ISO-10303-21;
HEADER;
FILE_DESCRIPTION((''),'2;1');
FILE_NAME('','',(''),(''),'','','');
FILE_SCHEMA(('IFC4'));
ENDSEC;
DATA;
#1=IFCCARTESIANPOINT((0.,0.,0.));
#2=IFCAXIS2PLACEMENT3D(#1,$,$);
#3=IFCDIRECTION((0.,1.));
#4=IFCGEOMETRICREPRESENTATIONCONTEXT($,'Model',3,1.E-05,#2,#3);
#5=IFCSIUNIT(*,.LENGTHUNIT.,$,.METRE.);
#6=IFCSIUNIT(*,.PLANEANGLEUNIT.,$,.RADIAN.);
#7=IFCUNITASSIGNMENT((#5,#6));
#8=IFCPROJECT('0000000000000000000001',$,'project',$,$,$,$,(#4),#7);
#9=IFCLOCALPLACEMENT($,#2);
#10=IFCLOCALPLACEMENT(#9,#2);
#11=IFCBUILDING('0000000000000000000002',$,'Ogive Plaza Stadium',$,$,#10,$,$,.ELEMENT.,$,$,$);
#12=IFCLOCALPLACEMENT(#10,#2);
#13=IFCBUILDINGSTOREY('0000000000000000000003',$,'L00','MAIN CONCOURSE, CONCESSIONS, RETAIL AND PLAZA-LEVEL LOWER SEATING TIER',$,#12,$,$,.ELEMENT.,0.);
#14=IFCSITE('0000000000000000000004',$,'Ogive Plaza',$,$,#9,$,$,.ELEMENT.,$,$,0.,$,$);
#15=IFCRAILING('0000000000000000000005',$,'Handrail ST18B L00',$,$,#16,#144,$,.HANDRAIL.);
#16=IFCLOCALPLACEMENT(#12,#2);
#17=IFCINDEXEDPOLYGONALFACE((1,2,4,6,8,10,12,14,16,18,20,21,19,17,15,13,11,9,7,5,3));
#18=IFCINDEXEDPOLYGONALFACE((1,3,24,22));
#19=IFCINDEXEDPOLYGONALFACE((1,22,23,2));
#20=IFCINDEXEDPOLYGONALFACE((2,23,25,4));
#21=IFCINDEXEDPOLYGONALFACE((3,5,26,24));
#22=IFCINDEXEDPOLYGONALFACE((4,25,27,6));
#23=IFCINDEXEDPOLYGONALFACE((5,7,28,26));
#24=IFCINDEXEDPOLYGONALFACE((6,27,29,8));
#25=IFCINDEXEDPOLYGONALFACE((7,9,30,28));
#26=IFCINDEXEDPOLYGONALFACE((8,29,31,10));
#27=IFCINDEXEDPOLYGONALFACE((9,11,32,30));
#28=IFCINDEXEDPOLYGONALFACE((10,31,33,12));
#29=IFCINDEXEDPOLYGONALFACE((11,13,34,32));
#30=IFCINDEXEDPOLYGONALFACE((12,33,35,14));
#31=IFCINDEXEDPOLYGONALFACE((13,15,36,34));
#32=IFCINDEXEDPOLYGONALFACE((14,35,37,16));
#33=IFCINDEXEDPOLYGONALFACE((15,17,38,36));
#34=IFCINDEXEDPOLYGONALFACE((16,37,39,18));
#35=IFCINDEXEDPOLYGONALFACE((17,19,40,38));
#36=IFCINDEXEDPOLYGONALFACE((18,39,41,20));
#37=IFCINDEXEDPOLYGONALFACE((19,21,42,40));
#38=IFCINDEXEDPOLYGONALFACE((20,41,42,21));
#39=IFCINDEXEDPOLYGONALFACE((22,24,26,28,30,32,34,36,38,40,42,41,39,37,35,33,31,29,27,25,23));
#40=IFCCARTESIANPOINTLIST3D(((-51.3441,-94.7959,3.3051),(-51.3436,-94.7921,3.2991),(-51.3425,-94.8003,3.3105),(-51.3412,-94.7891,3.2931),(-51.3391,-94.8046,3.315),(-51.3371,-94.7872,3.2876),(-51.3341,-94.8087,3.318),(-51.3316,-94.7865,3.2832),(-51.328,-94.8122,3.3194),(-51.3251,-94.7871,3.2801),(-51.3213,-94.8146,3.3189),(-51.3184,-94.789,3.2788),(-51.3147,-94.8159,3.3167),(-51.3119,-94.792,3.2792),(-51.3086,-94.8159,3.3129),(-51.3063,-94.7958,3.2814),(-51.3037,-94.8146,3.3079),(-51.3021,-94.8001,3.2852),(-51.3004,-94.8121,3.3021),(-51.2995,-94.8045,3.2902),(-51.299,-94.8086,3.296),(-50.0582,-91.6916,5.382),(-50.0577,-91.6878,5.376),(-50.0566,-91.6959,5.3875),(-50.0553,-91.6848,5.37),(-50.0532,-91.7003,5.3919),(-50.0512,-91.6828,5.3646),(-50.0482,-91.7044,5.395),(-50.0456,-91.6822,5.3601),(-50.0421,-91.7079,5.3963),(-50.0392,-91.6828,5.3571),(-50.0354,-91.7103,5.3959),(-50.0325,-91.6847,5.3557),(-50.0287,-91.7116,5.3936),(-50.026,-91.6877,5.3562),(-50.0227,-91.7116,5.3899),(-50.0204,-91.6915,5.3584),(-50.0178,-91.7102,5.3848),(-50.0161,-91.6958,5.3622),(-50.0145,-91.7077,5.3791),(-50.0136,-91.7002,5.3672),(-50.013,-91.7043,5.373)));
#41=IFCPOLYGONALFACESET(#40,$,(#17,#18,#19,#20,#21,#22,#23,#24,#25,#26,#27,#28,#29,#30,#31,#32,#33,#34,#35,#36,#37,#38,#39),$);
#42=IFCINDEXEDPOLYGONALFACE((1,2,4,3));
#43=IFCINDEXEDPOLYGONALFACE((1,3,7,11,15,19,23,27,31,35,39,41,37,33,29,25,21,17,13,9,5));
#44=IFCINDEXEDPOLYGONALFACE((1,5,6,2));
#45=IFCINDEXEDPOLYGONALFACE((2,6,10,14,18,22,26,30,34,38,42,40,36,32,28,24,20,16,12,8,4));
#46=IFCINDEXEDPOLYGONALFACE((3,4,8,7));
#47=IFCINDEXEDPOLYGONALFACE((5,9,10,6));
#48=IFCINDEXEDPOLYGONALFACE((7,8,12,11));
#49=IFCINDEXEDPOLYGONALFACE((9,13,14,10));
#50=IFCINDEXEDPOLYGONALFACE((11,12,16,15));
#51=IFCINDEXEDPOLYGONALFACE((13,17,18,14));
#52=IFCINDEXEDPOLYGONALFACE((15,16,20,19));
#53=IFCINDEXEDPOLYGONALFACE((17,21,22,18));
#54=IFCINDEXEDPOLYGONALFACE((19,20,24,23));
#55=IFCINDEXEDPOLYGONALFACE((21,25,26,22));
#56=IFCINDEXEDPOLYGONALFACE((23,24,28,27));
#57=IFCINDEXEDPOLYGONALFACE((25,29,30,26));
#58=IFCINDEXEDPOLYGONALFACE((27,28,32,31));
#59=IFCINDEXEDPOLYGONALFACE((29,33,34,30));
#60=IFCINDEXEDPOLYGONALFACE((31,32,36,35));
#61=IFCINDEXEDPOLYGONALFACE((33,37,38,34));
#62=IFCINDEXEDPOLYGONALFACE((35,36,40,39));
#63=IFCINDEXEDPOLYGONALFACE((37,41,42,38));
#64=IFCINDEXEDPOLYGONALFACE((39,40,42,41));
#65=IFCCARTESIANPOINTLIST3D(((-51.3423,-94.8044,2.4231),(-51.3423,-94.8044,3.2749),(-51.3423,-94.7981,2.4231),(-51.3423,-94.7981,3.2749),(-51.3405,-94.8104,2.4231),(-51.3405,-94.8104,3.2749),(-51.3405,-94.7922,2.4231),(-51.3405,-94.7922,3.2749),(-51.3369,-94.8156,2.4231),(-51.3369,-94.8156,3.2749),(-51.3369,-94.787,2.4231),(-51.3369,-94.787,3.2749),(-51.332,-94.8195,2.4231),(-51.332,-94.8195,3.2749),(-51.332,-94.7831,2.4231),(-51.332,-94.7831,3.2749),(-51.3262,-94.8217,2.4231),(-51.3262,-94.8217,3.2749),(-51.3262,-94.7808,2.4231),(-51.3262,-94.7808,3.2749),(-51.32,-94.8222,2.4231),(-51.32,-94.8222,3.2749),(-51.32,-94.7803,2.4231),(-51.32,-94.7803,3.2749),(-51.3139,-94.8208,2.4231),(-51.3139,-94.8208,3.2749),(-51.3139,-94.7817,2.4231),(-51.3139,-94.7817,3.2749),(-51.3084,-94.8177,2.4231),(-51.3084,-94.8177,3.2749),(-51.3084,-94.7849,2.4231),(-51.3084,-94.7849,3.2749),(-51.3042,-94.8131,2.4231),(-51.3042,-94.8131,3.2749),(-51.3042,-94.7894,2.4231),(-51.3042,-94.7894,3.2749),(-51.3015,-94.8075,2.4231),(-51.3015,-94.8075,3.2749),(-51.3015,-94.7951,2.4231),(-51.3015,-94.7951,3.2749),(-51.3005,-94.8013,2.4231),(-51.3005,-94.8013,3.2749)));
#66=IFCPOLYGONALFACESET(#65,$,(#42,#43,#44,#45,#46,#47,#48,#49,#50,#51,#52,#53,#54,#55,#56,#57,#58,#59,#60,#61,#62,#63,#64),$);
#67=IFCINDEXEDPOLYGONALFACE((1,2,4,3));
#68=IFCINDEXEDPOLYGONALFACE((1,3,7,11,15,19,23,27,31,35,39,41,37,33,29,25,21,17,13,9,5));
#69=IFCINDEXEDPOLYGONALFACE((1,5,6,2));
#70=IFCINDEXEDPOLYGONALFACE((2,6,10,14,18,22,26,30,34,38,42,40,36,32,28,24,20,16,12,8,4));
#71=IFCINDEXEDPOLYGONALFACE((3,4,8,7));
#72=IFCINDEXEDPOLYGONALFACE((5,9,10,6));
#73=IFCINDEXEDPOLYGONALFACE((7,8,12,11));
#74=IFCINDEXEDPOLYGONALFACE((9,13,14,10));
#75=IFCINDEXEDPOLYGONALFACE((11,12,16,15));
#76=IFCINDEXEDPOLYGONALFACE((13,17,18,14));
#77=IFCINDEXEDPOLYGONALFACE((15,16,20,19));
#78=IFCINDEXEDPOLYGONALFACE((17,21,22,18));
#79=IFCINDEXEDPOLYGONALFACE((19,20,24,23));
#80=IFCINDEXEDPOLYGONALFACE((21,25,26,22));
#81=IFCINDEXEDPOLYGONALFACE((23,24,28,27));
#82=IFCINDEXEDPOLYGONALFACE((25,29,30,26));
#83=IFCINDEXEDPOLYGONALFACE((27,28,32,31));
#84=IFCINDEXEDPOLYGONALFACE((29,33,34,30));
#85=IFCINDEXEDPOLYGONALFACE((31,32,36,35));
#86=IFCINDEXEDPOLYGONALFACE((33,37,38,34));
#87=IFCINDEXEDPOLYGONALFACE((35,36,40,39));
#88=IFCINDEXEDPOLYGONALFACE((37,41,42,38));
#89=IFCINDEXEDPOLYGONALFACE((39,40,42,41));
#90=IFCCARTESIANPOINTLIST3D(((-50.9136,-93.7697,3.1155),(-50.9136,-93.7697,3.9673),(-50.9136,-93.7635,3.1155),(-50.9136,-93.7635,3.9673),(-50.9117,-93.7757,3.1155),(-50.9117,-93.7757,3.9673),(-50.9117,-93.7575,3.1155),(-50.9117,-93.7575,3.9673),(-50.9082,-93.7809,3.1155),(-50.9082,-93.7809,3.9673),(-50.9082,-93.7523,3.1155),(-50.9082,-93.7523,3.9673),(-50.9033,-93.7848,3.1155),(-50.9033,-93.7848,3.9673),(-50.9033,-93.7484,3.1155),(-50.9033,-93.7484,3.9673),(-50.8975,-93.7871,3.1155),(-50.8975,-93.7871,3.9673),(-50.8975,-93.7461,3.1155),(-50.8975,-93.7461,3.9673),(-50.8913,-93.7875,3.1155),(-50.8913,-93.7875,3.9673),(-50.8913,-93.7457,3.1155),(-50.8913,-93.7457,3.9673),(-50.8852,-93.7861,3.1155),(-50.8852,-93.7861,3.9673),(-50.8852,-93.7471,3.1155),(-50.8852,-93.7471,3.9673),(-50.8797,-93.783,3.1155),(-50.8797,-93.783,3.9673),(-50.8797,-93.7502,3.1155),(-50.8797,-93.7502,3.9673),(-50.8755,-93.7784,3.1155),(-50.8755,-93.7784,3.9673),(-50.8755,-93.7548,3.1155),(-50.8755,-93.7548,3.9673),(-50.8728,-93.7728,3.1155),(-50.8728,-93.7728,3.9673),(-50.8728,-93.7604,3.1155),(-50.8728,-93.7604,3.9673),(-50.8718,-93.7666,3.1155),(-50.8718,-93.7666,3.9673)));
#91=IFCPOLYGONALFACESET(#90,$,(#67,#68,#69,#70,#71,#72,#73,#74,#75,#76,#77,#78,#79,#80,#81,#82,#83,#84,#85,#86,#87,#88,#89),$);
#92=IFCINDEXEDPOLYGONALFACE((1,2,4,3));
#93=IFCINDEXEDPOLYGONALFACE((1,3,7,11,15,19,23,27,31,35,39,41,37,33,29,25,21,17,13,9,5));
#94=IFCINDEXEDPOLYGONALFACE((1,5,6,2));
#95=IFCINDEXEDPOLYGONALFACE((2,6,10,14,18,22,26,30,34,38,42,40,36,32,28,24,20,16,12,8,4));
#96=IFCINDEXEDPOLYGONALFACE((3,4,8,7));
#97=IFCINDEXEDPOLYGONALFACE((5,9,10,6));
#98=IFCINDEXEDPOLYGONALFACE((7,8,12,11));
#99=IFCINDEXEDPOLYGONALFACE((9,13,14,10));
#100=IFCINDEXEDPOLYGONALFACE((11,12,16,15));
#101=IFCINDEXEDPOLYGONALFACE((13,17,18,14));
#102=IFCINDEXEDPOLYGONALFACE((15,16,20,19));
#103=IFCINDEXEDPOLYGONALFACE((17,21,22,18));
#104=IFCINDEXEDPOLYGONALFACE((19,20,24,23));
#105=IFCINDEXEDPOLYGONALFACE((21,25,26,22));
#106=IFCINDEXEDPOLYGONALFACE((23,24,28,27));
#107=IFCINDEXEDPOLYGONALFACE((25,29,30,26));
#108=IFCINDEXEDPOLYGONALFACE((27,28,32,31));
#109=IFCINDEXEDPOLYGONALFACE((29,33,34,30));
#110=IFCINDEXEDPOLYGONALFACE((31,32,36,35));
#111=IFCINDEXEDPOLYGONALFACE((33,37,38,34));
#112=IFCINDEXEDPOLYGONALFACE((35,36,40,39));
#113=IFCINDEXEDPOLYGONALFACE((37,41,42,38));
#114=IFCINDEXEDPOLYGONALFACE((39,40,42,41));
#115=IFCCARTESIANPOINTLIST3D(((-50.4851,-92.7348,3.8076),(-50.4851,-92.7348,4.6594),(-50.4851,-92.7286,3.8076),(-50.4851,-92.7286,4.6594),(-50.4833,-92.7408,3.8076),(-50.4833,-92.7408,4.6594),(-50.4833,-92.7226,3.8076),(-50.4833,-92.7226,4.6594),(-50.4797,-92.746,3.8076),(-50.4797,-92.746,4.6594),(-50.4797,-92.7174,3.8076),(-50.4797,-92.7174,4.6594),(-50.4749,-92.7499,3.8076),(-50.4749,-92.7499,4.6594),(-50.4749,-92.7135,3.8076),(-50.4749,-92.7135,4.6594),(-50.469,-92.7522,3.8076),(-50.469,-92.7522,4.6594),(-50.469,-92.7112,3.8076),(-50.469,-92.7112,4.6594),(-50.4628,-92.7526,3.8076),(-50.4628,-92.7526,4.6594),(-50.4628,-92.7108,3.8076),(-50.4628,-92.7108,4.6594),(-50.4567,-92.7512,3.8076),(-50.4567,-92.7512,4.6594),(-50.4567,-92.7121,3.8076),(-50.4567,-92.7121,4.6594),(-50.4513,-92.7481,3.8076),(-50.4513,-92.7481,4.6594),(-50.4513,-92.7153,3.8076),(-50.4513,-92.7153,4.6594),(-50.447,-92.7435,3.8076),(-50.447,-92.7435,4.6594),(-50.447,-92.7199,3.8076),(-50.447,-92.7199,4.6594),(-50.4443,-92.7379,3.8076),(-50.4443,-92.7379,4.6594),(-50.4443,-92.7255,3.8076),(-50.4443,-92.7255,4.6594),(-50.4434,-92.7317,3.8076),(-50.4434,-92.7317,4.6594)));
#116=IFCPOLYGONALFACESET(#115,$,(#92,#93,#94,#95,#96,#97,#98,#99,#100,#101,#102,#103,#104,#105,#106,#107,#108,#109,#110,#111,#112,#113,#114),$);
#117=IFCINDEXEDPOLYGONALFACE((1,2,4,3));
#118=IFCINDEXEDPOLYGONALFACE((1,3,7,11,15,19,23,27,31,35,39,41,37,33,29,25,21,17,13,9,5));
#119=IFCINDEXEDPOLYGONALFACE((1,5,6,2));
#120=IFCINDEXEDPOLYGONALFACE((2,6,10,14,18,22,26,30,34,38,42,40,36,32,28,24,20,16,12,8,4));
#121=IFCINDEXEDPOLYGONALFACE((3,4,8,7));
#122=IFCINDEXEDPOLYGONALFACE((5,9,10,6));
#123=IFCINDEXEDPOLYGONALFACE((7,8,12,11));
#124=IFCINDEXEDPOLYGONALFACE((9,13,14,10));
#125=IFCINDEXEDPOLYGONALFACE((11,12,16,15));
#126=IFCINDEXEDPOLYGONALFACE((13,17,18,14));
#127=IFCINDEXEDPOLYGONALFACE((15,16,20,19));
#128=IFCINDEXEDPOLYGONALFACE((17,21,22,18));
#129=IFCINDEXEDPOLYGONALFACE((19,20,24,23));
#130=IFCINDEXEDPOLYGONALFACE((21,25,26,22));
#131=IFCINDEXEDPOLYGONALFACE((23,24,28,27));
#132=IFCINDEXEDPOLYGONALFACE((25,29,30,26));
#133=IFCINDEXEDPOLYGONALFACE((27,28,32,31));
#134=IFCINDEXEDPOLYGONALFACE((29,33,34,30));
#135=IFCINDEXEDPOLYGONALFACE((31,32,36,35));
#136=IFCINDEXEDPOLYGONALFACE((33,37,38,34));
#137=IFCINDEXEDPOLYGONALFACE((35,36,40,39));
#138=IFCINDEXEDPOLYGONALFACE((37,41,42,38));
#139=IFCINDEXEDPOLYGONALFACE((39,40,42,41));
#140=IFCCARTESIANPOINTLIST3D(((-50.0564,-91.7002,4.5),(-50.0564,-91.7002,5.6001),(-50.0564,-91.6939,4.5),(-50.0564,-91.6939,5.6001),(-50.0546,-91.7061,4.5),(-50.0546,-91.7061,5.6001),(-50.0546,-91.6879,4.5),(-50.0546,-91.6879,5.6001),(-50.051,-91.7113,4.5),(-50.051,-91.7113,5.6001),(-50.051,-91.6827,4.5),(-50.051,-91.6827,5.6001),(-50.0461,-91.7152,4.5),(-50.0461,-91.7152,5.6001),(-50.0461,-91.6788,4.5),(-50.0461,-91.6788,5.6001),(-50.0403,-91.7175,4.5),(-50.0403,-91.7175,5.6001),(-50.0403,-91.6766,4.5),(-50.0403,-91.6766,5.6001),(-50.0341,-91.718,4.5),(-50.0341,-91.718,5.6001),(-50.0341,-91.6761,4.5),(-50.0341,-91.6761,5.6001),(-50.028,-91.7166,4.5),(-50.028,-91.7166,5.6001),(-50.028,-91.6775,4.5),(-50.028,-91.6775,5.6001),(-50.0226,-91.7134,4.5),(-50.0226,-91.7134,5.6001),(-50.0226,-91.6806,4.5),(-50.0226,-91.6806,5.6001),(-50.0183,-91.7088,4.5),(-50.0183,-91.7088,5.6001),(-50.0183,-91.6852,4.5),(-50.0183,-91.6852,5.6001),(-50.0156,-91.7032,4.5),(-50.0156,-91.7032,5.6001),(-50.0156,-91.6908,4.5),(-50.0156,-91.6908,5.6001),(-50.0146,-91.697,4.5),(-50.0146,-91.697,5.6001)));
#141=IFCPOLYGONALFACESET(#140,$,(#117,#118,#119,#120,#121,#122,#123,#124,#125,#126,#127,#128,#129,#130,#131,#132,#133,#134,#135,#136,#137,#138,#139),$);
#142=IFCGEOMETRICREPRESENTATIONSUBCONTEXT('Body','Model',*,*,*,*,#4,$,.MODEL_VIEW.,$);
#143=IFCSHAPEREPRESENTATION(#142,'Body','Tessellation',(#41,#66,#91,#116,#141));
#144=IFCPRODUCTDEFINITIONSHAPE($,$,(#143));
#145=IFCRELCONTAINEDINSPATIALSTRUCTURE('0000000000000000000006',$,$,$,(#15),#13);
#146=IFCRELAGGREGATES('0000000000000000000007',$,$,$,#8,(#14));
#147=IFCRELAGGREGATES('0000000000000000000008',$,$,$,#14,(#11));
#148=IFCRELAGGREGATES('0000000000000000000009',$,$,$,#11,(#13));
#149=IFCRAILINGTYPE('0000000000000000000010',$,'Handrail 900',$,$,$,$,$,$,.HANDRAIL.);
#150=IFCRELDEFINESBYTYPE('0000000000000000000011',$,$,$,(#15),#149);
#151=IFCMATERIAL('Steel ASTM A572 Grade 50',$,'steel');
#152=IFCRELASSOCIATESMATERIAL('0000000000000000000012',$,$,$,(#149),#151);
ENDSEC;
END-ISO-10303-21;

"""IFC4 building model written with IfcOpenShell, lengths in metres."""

from ifc_helpers import new_model, si_unit, direction, frame, origin, origin_2d, place, context, subcontext, project, spatial, circle, extrude, material, type_object, element, save


model = new_model("IFC4")

# Units and contexts
model_context = context("Model", 3, precision=1e-05, world=origin(), true_north=direction((0.0, 1.0)))
body_context = subcontext(model_context, "Body", "Model", "MODEL_VIEW")
ifc_project = project(units=[si_unit("LENGTHUNIT", "METRE"), si_unit("PLANEANGLEUNIT", "RADIAN")], contexts=[model_context])

# Site, building, storey
site_placement = place(None, origin())
site = spatial("IfcSite", under=ifc_project, at=site_placement, Name="Ogive Plaza", CompositionType="ELEMENT", RefElevation=0.0)
building_placement = place(site_placement, origin())
building = spatial("IfcBuilding", under=site, at=building_placement, Name="Ogive Plaza Stadium", CompositionType="ELEMENT")
storey_placement = place(building_placement, origin())
storey = spatial("IfcBuildingStorey", under=building, at=storey_placement, Name="L00", Description="MAIN CONCOURSE, CONCESSIONS, RETAIL AND PLAZA-LEVEL LOWER SEATING TIER", CompositionType="ELEMENT", Elevation=0.0)

# Railing
ifc_material_1 = material(Name="Steel ASTM A572 Grade 50", Category="steel")
railing_type_1 = type_object("IfcRailingType", Name="Handrail 900", PredefinedType="HANDRAIL", material=ifc_material_1)
railing_1_placement = place(storey_placement, frame((-51.3215, -94.8013, 2.4231)))
element("IfcRailing", 1, at=railing_1_placement, inside=storey, type_object=railing_type_1, Name="Handrail ST18B L00", PredefinedType="HANDRAIL", context=body_context, shape_type="SweptSolid", body=[
    extrude(circle(Radius=0.0239, at=origin_2d()), frame((0.0, 0.0, 0.876), z_axis=(0.325532, 0.785863, 0.525783), x_axis=(-0.923872, 0.3827, 0.0)), (0.0, 0.0, 1.0), 3.9502),
    extrude(circle(Radius=0.021, at=origin_2d()), origin(), (0.0, 0.0, 1.0), 0.8518),
    extrude(circle(Radius=0.021, at=origin_2d()), frame((0.4287, 1.0347, 0.6924)), (0.0, 0.0, 1.0), 0.8518),
    extrude(circle(Radius=0.021, at=origin_2d()), frame((0.8572, 2.0696, 1.3845)), (0.0, 0.0, 1.0), 0.8518),
    extrude(circle(Radius=0.021, at=origin_2d()), frame((1.2859, 3.1042, 2.0769)), (0.0, 0.0, 1.0), 1.1001),
])

save(model, "model.ifc")
